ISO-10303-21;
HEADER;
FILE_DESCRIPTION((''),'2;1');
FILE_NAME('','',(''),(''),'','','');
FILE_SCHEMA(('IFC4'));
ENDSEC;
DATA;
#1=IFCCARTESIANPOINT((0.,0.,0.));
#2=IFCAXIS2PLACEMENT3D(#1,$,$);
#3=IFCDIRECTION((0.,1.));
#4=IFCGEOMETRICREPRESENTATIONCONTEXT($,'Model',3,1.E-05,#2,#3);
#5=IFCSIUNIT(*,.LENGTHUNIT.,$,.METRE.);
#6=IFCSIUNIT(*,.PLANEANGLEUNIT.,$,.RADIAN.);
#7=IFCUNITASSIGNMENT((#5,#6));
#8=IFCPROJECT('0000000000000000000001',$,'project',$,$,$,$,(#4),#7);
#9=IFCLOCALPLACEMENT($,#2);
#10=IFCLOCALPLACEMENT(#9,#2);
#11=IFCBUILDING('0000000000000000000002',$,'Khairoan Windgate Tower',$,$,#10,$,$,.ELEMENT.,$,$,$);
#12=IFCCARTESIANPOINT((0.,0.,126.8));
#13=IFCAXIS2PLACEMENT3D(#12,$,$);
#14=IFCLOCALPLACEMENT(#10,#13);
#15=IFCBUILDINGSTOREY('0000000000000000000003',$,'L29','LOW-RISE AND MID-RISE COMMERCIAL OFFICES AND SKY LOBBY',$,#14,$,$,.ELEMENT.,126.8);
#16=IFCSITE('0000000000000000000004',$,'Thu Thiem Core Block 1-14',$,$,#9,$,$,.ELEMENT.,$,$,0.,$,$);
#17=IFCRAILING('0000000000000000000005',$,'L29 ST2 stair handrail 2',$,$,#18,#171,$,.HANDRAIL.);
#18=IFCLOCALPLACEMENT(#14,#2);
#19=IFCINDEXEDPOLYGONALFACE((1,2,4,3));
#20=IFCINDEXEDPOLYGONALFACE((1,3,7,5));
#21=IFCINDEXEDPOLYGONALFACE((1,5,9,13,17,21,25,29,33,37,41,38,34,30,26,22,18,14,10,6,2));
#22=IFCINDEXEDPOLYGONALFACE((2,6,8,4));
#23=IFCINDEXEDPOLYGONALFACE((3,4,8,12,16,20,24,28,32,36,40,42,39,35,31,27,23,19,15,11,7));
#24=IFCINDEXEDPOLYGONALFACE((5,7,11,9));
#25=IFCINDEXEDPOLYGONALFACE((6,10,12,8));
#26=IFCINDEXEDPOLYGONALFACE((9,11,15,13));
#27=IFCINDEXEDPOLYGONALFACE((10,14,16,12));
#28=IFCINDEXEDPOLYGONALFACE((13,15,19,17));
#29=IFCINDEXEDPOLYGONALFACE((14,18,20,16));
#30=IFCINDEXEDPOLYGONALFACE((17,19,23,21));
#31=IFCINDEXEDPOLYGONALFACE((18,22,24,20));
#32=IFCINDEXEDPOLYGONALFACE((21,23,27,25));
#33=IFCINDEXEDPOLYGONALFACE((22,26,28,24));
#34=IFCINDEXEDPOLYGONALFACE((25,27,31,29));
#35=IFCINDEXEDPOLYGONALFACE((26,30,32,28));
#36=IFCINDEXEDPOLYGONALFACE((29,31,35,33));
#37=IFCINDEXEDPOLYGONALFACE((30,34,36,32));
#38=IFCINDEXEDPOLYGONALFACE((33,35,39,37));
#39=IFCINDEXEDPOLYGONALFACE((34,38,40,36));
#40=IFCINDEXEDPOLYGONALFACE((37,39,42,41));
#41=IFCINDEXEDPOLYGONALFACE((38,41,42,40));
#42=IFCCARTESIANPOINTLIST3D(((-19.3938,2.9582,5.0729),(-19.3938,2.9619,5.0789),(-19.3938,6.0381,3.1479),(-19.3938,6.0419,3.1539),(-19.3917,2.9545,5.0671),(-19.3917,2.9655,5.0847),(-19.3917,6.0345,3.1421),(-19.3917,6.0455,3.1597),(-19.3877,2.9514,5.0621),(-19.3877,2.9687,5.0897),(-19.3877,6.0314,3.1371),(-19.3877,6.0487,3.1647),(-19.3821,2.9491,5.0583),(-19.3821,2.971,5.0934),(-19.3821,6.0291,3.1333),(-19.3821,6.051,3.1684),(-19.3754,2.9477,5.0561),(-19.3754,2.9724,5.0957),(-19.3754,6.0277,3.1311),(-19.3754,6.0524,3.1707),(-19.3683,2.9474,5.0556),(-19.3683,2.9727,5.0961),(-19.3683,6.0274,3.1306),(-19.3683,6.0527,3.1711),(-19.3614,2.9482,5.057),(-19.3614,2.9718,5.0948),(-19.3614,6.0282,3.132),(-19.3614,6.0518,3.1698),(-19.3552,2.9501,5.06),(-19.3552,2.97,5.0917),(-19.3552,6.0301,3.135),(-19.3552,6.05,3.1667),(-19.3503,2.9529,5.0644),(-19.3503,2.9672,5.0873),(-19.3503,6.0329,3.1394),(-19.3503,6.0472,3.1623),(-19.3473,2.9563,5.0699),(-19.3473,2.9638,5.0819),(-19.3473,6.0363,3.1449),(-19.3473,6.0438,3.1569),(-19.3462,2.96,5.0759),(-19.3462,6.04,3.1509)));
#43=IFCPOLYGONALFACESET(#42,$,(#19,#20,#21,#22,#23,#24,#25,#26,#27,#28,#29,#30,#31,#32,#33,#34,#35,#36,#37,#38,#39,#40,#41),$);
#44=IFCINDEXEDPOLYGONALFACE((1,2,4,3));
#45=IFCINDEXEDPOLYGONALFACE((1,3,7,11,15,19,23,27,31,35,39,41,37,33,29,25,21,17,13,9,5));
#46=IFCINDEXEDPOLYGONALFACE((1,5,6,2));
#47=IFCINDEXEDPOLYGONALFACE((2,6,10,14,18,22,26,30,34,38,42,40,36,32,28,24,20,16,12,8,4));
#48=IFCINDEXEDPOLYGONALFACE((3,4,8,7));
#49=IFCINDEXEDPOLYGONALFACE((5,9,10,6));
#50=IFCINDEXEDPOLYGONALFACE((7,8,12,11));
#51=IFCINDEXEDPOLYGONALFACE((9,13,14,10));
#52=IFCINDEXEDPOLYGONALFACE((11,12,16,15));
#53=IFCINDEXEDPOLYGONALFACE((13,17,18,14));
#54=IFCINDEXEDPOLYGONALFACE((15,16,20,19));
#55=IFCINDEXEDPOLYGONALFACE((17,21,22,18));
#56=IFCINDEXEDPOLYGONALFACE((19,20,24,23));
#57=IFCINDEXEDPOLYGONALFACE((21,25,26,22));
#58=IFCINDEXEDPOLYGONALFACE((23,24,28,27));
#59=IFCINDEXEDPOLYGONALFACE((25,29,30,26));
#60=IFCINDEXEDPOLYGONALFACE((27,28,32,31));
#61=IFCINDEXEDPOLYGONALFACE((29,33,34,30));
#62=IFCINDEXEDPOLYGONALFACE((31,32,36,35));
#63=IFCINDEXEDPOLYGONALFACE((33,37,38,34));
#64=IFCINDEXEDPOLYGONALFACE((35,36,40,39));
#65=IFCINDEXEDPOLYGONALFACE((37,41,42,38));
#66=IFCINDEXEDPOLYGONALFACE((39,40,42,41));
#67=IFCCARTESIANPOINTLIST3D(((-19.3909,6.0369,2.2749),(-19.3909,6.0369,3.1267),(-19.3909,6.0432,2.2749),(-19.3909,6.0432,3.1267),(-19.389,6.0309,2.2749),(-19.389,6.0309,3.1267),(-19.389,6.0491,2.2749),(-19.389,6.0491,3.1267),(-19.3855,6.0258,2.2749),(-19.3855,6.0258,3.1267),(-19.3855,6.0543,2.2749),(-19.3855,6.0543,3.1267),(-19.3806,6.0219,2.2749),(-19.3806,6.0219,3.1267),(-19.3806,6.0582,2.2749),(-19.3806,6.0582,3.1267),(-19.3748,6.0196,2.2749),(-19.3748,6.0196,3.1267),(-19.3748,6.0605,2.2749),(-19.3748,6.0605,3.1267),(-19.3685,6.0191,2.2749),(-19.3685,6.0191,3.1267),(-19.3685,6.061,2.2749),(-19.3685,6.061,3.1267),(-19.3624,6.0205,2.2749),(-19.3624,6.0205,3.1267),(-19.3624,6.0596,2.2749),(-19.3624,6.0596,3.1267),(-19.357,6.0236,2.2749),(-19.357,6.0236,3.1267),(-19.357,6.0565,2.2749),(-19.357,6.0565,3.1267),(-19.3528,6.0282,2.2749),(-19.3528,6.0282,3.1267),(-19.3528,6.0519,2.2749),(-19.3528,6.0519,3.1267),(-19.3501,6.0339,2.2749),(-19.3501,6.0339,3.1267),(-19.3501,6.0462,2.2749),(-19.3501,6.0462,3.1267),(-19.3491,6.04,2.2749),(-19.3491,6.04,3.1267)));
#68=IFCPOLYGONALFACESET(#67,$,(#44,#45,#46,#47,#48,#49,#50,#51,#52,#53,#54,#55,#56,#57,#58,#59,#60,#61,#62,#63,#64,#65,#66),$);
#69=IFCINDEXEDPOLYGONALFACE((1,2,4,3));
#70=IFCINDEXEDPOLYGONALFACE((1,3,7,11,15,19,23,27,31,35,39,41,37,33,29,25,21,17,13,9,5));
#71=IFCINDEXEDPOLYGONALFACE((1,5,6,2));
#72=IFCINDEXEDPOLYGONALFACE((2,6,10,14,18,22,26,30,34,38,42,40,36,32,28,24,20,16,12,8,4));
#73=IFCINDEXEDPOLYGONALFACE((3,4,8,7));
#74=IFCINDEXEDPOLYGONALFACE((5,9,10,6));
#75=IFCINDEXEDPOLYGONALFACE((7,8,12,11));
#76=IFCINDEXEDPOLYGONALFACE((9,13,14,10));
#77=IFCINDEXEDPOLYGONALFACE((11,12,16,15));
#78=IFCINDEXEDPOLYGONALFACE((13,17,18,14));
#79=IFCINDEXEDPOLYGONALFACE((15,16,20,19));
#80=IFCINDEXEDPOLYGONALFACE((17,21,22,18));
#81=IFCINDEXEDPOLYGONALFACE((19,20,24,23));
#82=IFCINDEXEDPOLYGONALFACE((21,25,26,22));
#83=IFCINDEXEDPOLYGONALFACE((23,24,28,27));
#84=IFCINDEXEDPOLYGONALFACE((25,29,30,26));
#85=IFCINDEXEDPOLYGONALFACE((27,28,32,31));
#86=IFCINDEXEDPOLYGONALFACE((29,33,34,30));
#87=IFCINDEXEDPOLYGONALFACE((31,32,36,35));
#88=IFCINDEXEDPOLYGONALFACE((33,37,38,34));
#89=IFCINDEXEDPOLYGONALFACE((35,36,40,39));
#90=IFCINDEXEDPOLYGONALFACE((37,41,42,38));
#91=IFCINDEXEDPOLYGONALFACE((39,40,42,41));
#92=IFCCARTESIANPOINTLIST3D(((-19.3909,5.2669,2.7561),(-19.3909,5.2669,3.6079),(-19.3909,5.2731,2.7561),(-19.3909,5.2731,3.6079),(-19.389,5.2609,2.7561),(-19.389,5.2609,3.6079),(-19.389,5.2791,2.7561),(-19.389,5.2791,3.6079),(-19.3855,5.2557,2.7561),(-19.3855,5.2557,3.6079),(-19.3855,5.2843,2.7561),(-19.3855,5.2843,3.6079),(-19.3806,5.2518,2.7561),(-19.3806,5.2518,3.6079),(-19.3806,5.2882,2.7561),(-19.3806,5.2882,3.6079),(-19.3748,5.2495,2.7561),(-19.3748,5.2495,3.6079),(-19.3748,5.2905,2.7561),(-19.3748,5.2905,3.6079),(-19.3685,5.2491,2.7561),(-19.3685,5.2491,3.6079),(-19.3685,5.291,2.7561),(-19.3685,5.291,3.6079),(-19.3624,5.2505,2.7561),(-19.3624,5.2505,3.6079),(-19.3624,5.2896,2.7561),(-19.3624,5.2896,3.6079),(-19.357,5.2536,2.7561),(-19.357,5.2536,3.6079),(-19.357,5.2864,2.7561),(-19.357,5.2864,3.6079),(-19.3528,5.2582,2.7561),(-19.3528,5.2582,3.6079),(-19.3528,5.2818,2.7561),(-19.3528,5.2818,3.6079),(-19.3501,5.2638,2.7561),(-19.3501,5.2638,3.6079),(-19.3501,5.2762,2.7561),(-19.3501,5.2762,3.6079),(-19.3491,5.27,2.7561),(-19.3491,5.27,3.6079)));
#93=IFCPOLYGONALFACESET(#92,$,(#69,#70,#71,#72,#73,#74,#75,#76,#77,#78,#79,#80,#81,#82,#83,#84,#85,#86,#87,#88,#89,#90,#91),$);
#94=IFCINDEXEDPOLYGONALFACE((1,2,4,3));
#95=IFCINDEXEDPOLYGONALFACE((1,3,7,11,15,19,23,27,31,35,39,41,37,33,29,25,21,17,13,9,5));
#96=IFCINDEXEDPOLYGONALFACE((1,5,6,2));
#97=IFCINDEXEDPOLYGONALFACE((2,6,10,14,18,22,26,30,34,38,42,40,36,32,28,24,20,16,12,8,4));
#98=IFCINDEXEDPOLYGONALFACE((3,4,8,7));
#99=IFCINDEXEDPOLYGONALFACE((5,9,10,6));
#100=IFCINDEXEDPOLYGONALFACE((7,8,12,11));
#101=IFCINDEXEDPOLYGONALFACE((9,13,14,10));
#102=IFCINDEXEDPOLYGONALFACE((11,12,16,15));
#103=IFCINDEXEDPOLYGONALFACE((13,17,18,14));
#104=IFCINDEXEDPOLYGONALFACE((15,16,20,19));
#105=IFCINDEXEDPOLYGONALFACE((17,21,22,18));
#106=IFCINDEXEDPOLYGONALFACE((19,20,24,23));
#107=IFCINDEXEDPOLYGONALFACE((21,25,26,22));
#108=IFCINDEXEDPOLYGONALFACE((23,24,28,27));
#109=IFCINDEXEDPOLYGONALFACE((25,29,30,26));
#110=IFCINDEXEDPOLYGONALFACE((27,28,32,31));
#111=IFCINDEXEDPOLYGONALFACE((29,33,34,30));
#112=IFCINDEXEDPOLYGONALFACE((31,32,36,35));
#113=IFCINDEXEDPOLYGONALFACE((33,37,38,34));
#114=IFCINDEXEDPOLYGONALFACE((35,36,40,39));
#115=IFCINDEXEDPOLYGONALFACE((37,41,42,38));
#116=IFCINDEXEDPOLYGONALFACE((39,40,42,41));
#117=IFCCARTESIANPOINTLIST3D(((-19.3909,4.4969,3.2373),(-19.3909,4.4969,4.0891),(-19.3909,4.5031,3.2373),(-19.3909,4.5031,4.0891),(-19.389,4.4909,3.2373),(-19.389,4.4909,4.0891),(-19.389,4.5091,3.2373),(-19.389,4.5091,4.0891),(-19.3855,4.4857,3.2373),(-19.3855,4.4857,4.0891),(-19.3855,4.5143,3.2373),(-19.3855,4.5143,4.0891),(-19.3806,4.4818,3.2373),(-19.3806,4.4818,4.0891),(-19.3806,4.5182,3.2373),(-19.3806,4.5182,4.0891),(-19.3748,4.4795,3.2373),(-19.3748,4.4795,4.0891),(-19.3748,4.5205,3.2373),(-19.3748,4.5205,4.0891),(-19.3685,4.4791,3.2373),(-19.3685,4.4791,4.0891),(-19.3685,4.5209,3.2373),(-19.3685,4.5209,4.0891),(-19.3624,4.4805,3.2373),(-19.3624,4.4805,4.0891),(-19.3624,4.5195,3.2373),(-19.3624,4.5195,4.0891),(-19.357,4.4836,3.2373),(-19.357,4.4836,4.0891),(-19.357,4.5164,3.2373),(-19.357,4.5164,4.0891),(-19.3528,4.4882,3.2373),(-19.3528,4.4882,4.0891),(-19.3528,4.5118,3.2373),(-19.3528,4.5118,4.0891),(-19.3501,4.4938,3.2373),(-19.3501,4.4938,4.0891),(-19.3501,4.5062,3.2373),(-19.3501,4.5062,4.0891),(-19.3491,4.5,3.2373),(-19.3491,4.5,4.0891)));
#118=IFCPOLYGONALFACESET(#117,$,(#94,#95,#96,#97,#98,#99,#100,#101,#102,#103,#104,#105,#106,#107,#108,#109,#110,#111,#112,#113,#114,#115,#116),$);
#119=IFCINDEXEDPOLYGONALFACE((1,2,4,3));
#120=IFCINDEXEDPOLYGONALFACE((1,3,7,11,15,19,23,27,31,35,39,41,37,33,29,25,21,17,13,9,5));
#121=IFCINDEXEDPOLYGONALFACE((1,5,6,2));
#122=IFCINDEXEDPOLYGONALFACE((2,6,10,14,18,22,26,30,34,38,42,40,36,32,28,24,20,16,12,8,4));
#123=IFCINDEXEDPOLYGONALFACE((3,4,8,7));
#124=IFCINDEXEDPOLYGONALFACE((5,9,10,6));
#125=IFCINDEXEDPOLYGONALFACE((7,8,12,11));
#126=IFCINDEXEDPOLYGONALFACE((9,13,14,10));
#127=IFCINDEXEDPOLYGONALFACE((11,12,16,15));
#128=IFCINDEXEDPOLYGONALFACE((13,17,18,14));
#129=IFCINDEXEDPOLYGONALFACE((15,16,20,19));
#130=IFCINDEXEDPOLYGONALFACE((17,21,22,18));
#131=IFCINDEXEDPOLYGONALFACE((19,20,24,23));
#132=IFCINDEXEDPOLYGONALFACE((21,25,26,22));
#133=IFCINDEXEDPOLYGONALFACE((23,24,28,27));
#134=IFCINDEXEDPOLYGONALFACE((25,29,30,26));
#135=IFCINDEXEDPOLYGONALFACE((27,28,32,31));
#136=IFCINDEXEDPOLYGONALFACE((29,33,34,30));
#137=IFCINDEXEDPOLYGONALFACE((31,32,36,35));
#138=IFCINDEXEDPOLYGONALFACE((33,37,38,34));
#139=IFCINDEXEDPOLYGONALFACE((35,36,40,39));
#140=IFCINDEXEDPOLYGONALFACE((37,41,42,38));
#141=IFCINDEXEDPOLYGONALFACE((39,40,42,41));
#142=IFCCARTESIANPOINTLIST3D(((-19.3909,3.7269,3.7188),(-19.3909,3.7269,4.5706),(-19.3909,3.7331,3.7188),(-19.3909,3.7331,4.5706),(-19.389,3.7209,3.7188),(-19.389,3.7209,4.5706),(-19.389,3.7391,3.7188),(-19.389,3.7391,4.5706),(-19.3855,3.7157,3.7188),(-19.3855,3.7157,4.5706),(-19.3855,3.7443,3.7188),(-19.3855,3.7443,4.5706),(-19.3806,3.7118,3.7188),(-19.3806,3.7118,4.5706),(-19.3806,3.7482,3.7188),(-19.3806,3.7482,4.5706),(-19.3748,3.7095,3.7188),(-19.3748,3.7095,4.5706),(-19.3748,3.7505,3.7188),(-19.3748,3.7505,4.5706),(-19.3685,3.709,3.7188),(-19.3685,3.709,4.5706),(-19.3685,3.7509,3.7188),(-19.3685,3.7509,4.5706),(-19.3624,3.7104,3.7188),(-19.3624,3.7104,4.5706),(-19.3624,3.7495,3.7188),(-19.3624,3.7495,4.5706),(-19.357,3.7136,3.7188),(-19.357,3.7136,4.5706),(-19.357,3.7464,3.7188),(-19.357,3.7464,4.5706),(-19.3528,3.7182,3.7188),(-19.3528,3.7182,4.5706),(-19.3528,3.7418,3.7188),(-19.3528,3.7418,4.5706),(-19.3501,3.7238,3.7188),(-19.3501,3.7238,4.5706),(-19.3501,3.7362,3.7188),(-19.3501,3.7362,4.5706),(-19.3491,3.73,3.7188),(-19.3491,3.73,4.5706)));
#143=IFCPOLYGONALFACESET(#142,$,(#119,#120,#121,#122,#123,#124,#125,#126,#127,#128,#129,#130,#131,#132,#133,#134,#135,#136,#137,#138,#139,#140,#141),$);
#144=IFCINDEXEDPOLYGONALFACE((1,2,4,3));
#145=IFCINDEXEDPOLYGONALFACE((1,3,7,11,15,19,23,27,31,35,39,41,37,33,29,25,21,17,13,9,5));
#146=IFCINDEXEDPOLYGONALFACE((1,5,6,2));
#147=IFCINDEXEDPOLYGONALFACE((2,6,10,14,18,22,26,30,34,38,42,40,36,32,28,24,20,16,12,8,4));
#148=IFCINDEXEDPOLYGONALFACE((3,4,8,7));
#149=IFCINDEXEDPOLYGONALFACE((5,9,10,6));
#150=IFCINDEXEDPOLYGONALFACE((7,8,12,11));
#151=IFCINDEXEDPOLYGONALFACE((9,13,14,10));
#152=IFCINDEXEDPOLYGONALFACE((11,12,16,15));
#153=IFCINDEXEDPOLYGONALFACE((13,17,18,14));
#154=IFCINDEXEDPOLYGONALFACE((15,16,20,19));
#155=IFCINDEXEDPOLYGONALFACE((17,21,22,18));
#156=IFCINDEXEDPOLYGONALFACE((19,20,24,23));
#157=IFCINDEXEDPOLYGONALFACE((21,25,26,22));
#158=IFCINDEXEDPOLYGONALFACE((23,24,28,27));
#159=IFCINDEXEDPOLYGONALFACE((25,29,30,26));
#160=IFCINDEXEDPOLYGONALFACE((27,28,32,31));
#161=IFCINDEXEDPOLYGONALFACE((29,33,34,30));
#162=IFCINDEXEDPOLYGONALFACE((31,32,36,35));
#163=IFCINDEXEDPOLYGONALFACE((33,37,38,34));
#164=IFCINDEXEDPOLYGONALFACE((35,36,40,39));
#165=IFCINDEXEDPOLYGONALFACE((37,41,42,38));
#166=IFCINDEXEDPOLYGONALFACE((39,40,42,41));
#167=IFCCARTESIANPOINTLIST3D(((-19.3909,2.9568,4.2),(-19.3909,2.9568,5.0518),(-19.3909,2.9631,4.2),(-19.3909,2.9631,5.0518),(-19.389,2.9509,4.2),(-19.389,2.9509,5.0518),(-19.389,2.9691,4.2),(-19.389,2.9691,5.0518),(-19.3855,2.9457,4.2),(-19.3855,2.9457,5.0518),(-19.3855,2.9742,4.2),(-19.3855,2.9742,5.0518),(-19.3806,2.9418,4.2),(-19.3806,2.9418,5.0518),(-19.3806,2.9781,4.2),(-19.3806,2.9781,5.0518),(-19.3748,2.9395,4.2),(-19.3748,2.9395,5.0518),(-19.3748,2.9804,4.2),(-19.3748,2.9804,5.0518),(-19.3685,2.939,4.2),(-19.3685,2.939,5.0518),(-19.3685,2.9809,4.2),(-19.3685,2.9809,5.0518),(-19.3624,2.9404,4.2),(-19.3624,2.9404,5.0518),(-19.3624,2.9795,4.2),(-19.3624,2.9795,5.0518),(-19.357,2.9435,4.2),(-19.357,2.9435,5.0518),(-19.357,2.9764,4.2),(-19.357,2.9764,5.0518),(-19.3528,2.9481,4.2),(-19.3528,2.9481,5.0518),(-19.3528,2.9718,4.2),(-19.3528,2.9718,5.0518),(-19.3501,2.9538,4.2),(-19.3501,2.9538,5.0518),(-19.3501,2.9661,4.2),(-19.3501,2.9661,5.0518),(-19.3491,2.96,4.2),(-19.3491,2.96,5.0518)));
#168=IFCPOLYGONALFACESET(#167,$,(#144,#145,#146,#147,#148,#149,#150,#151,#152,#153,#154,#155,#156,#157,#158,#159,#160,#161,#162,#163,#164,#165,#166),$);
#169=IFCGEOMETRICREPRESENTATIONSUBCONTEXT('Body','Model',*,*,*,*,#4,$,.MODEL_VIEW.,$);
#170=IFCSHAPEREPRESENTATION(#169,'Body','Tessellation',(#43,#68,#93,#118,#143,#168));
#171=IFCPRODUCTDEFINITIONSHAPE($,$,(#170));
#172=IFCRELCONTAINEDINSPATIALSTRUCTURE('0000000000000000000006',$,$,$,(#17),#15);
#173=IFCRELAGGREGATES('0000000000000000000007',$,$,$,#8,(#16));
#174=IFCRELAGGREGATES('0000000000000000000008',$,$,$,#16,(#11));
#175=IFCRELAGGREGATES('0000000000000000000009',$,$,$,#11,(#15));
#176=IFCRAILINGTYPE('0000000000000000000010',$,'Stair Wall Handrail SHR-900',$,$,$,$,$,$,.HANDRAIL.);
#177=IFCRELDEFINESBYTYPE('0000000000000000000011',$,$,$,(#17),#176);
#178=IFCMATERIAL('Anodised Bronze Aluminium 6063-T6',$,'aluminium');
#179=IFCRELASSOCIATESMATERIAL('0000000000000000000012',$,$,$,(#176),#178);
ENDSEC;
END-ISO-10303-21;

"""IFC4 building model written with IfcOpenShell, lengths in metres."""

from ifc_helpers import new_model, si_unit, direction, frame, origin, origin_2d, place, context, subcontext, project, spatial, circle, extrude, material, type_object, element, save


model = new_model("IFC4")

# Units and contexts
model_context = context("Model", 3, precision=1e-05, world=origin(), true_north=direction((0.0, 1.0)))
body_context = subcontext(model_context, "Body", "Model", "MODEL_VIEW")
ifc_project = project(units=[si_unit("LENGTHUNIT", "METRE"), si_unit("PLANEANGLEUNIT", "RADIAN")], contexts=[model_context])

# Site, building, storey
site_placement = place(None, origin())
site = spatial("IfcSite", under=ifc_project, at=site_placement, Name="Thu Thiem Core Block 1-14", CompositionType="ELEMENT", RefElevation=0.0)
building_placement = place(site_placement, origin())
building = spatial("IfcBuilding", under=site, at=building_placement, Name="Khairoan Windgate Tower", CompositionType="ELEMENT")
storey_placement = place(building_placement, frame((0.0, 0.0, 126.8)))
storey = spatial("IfcBuildingStorey", under=building, at=storey_placement, Name="L29", Description="LOW-RISE AND MID-RISE COMMERCIAL OFFICES AND SKY LOBBY", CompositionType="ELEMENT", Elevation=126.8)

# Railing
ifc_material_1 = material(Name="Anodised Bronze Aluminium 6063-T6", Category="aluminium")
railing_type_1 = type_object("IfcRailingType", Name="Stair Wall Handrail SHR-900", PredefinedType="HANDRAIL", material=ifc_material_1)
railing_1_placement = place(storey_placement, frame((-19.3701, 6.04, 2.2749)))
element("IfcRailing", 1, at=railing_1_placement, inside=storey, type_object=railing_type_1, Name="L29 ST2 stair handrail 2", PredefinedType="HANDRAIL", context=body_context, shape_type="SweptSolid", body=[
    extrude(circle(Radius=0.0239, at=origin_2d()), frame((0.0, 0.0, 0.876), z_axis=(0.0, -0.847998, 0.529999), x_axis=(1.0, 0.0, 0.0)), (0.0, 0.0, 1.0), 3.6321),
    extrude(circle(Radius=0.021, at=origin_2d()), origin(), (0.0, 0.0, 1.0), 0.8518),
    extrude(circle(Radius=0.021, at=origin_2d()), frame((0.0, -0.77, 0.4812)), (0.0, 0.0, 1.0), 0.8518),
    extrude(circle(Radius=0.021, at=origin_2d()), frame((0.0, -1.54, 0.9624)), (0.0, 0.0, 1.0), 0.8518),
    extrude(circle(Radius=0.021, at=origin_2d()), frame((0.0, -2.3101, 1.4438)), (0.0, 0.0, 1.0), 0.8518),
    extrude(circle(Radius=0.021, at=origin_2d()), frame((0.0, -3.0801, 1.925)), (0.0, 0.0, 1.0), 0.8518),
])

save(model, "model.ifc")
